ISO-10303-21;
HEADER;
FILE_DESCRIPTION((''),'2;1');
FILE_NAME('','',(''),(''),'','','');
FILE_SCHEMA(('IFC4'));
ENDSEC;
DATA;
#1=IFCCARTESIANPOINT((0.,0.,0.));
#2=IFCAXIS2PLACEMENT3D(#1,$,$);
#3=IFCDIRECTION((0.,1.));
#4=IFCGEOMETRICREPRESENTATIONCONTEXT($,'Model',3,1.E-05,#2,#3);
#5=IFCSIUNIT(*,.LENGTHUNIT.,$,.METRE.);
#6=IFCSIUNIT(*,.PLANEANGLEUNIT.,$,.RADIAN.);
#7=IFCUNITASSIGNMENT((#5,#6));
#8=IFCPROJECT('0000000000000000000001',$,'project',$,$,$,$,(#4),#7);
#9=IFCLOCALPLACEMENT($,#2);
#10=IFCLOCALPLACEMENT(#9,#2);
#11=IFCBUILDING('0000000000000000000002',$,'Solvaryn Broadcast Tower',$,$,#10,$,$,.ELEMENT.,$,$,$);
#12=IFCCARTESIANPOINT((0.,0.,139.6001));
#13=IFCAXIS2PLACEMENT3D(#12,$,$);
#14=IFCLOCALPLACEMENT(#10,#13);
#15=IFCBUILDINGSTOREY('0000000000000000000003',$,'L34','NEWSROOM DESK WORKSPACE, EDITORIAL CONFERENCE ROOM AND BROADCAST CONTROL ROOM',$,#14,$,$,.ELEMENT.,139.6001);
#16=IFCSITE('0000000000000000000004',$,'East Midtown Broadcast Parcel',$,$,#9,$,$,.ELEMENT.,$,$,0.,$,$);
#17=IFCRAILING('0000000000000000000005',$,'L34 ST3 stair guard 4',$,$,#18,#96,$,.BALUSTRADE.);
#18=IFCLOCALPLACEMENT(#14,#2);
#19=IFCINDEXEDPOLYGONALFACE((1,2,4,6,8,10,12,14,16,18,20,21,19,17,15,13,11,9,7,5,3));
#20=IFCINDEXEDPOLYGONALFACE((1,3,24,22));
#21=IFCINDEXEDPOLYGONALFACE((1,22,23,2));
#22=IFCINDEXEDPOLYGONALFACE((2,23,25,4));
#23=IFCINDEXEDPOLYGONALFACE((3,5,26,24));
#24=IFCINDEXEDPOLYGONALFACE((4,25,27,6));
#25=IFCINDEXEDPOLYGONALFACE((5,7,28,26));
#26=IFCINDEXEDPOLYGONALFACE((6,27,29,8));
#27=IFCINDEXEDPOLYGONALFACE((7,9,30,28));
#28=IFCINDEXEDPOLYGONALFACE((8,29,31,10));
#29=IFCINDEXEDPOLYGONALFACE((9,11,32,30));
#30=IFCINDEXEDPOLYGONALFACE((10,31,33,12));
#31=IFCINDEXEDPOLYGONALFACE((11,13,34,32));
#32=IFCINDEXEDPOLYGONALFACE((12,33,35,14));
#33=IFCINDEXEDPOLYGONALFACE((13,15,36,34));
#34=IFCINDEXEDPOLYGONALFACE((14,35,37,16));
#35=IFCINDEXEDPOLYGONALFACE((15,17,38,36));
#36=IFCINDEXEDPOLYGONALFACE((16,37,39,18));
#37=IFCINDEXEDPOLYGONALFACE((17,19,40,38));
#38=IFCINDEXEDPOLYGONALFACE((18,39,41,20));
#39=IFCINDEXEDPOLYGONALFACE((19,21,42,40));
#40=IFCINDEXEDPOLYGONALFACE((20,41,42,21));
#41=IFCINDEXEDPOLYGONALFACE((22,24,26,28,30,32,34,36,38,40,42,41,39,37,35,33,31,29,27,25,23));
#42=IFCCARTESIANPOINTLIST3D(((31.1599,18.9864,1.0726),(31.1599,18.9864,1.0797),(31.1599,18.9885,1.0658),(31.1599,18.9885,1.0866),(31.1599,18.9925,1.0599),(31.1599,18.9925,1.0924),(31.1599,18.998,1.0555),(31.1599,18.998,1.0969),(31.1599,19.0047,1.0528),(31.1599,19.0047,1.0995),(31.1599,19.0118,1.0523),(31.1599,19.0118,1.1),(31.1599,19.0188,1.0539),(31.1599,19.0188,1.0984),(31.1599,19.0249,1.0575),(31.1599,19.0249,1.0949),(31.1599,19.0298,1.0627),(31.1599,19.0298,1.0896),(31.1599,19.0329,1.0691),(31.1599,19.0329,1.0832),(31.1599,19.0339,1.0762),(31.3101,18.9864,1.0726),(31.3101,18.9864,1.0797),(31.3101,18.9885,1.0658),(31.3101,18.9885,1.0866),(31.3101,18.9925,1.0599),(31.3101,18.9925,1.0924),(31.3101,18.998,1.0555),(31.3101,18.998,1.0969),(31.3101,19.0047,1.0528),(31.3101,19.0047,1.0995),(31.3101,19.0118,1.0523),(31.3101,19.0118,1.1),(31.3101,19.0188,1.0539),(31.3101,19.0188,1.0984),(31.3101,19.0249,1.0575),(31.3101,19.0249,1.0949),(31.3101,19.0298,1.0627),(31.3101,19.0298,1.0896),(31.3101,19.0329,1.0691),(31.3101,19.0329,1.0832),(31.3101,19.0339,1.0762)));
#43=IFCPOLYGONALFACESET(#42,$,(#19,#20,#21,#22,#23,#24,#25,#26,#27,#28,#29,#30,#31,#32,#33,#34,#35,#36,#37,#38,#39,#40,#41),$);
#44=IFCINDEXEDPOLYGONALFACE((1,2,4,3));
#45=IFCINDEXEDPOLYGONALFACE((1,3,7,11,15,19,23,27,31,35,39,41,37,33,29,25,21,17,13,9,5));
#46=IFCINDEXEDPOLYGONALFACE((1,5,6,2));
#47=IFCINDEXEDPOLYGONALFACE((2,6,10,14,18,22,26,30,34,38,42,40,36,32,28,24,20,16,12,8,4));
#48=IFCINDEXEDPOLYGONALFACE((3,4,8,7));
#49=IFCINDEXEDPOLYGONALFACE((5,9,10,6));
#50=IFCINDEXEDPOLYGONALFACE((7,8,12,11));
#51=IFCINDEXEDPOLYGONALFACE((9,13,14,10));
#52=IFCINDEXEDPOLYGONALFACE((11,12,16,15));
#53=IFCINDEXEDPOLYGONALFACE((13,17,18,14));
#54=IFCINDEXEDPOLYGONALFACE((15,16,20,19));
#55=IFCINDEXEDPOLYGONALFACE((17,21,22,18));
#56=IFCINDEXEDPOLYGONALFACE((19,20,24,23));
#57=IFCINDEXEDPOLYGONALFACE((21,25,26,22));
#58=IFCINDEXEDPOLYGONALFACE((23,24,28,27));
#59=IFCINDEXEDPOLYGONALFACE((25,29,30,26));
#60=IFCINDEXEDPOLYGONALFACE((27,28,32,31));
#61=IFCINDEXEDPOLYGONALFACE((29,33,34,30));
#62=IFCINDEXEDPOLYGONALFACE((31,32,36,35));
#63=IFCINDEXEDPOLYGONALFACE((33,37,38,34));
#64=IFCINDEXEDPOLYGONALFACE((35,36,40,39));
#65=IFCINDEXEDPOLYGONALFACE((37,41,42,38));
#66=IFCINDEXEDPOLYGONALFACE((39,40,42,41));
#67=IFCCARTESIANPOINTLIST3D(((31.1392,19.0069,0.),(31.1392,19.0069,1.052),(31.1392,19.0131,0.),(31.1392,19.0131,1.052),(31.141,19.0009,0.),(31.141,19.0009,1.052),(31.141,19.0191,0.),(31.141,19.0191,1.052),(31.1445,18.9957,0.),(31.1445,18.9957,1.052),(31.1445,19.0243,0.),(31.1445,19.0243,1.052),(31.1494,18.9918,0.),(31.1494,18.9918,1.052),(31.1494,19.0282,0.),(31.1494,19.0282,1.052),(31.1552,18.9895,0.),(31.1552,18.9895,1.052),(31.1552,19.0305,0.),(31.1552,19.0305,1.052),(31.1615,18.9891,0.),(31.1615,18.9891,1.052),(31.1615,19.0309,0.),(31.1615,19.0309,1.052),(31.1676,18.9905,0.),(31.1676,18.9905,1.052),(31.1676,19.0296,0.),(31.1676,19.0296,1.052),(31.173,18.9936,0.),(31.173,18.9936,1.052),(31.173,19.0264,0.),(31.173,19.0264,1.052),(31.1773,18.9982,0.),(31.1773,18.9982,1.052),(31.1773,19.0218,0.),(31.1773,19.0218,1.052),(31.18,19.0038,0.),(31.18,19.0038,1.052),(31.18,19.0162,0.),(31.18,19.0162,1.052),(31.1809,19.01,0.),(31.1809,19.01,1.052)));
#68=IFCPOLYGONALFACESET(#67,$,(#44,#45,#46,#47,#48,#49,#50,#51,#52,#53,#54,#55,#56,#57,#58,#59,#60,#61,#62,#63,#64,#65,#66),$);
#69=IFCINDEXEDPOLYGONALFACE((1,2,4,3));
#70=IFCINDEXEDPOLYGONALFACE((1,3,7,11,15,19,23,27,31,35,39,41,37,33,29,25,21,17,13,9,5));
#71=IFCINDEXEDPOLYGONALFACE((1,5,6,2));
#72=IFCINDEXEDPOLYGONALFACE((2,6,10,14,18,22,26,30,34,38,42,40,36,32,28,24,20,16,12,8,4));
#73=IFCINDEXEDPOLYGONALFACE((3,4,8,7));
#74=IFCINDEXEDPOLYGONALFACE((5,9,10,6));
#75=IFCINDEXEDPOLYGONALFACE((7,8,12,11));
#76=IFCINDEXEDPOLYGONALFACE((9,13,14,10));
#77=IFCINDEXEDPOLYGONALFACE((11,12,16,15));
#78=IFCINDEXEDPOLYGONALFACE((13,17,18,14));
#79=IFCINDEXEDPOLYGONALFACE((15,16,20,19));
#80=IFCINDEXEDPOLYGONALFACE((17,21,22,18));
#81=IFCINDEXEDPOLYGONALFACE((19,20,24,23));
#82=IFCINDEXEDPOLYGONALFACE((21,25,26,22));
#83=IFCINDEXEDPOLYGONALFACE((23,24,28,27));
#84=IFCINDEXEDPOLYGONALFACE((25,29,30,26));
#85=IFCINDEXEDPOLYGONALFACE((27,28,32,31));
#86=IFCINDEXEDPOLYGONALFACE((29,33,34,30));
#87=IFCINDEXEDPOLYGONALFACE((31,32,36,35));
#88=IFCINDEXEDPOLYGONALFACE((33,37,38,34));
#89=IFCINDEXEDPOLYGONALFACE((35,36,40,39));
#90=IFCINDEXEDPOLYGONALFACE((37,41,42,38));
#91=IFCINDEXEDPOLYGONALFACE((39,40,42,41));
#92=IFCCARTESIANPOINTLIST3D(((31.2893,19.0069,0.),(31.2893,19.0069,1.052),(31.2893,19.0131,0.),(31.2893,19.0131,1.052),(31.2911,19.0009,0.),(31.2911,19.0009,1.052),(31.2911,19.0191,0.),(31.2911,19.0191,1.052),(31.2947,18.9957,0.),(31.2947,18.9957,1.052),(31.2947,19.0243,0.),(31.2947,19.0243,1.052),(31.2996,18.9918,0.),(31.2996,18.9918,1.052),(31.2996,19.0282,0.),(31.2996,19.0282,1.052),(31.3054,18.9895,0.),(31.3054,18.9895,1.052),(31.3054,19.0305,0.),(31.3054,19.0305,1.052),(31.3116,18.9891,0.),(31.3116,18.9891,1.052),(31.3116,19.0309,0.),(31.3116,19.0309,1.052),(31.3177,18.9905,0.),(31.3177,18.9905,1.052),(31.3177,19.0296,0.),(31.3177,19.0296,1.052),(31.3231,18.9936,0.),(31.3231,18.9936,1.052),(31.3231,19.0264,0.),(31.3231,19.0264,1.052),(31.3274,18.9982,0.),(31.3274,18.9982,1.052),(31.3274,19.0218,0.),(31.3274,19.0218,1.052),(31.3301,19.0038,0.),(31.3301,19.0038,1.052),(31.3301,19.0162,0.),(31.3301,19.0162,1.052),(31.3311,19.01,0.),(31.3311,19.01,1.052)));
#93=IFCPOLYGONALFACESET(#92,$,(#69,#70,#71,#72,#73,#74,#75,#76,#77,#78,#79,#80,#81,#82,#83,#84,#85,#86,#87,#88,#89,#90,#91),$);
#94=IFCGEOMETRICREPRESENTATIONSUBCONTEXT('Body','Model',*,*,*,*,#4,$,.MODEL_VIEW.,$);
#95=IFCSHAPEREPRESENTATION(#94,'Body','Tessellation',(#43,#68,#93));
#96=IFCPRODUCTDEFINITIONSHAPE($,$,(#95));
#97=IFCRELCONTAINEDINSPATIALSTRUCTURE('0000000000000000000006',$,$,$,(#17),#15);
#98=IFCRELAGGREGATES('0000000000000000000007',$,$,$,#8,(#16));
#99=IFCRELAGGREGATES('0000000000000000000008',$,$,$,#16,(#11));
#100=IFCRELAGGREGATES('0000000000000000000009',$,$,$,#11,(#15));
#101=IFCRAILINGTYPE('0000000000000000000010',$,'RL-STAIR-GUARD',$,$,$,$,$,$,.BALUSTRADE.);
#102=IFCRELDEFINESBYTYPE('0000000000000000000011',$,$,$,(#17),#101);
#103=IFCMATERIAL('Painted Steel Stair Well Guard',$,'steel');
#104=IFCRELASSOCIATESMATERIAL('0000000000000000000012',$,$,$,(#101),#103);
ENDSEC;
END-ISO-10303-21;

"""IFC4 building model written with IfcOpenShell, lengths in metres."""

from ifc_helpers import new_model, si_unit, direction, frame, origin, origin_2d, place, context, subcontext, project, spatial, circle, extrude, material, type_object, element, save


model = new_model("IFC4")

# Units and contexts
model_context = context("Model", 3, precision=1e-05, world=origin(), true_north=direction((0.0, 1.0)))
body_context = subcontext(model_context, "Body", "Model", "MODEL_VIEW")
ifc_project = project(units=[si_unit("LENGTHUNIT", "METRE"), si_unit("PLANEANGLEUNIT", "RADIAN")], contexts=[model_context])

# Site, building, storey
site_placement = place(None, origin())
site = spatial("IfcSite", under=ifc_project, at=site_placement, Name="East Midtown Broadcast Parcel", CompositionType="ELEMENT", RefElevation=0.0)
building_placement = place(site_placement, origin())
building = spatial("IfcBuilding", under=site, at=building_placement, Name="Solvaryn Broadcast Tower", CompositionType="ELEMENT")
storey_placement = place(building_placement, frame((0.0, 0.0, 139.6001)))
storey = spatial("IfcBuildingStorey", under=building, at=storey_placement, Name="L34", Description="NEWSROOM DESK WORKSPACE, EDITORIAL CONFERENCE ROOM AND BROADCAST CONTROL ROOM", CompositionType="ELEMENT", Elevation=139.6001)

# Railing
ifc_material_1 = material(Name="Painted Steel Stair Well Guard", Category="steel")
railing_type_1 = type_object("IfcRailingType", Name="RL-STAIR-GUARD", PredefinedType="BALUSTRADE", material=ifc_material_1)
railing_1_placement = place(storey_placement, frame((31.1599, 19.01, 0.0)))
element("IfcRailing", 1, at=railing_1_placement, inside=storey, type_object=railing_type_1, Name="L34 ST3 stair guard 4", PredefinedType="BALUSTRADE", context=body_context, shape_type="SweptSolid", body=[
    extrude(circle(Radius=0.0239, at=origin_2d()), frame((0.0, 0.0, 1.0762), z_axis=(1.0, 0.0, 0.0), x_axis=(0.0, 1.0, 0.0)), (0.0, 0.0, 1.0), 0.1501),
    extrude(circle(Radius=0.021, at=origin_2d()), origin(), (0.0, 0.0, 1.0), 1.052),
    extrude(circle(Radius=0.021, at=origin_2d()), frame((0.1501, 0.0, 0.0)), (0.0, 0.0, 1.0), 1.052),
])

save(model, "model.ifc")
